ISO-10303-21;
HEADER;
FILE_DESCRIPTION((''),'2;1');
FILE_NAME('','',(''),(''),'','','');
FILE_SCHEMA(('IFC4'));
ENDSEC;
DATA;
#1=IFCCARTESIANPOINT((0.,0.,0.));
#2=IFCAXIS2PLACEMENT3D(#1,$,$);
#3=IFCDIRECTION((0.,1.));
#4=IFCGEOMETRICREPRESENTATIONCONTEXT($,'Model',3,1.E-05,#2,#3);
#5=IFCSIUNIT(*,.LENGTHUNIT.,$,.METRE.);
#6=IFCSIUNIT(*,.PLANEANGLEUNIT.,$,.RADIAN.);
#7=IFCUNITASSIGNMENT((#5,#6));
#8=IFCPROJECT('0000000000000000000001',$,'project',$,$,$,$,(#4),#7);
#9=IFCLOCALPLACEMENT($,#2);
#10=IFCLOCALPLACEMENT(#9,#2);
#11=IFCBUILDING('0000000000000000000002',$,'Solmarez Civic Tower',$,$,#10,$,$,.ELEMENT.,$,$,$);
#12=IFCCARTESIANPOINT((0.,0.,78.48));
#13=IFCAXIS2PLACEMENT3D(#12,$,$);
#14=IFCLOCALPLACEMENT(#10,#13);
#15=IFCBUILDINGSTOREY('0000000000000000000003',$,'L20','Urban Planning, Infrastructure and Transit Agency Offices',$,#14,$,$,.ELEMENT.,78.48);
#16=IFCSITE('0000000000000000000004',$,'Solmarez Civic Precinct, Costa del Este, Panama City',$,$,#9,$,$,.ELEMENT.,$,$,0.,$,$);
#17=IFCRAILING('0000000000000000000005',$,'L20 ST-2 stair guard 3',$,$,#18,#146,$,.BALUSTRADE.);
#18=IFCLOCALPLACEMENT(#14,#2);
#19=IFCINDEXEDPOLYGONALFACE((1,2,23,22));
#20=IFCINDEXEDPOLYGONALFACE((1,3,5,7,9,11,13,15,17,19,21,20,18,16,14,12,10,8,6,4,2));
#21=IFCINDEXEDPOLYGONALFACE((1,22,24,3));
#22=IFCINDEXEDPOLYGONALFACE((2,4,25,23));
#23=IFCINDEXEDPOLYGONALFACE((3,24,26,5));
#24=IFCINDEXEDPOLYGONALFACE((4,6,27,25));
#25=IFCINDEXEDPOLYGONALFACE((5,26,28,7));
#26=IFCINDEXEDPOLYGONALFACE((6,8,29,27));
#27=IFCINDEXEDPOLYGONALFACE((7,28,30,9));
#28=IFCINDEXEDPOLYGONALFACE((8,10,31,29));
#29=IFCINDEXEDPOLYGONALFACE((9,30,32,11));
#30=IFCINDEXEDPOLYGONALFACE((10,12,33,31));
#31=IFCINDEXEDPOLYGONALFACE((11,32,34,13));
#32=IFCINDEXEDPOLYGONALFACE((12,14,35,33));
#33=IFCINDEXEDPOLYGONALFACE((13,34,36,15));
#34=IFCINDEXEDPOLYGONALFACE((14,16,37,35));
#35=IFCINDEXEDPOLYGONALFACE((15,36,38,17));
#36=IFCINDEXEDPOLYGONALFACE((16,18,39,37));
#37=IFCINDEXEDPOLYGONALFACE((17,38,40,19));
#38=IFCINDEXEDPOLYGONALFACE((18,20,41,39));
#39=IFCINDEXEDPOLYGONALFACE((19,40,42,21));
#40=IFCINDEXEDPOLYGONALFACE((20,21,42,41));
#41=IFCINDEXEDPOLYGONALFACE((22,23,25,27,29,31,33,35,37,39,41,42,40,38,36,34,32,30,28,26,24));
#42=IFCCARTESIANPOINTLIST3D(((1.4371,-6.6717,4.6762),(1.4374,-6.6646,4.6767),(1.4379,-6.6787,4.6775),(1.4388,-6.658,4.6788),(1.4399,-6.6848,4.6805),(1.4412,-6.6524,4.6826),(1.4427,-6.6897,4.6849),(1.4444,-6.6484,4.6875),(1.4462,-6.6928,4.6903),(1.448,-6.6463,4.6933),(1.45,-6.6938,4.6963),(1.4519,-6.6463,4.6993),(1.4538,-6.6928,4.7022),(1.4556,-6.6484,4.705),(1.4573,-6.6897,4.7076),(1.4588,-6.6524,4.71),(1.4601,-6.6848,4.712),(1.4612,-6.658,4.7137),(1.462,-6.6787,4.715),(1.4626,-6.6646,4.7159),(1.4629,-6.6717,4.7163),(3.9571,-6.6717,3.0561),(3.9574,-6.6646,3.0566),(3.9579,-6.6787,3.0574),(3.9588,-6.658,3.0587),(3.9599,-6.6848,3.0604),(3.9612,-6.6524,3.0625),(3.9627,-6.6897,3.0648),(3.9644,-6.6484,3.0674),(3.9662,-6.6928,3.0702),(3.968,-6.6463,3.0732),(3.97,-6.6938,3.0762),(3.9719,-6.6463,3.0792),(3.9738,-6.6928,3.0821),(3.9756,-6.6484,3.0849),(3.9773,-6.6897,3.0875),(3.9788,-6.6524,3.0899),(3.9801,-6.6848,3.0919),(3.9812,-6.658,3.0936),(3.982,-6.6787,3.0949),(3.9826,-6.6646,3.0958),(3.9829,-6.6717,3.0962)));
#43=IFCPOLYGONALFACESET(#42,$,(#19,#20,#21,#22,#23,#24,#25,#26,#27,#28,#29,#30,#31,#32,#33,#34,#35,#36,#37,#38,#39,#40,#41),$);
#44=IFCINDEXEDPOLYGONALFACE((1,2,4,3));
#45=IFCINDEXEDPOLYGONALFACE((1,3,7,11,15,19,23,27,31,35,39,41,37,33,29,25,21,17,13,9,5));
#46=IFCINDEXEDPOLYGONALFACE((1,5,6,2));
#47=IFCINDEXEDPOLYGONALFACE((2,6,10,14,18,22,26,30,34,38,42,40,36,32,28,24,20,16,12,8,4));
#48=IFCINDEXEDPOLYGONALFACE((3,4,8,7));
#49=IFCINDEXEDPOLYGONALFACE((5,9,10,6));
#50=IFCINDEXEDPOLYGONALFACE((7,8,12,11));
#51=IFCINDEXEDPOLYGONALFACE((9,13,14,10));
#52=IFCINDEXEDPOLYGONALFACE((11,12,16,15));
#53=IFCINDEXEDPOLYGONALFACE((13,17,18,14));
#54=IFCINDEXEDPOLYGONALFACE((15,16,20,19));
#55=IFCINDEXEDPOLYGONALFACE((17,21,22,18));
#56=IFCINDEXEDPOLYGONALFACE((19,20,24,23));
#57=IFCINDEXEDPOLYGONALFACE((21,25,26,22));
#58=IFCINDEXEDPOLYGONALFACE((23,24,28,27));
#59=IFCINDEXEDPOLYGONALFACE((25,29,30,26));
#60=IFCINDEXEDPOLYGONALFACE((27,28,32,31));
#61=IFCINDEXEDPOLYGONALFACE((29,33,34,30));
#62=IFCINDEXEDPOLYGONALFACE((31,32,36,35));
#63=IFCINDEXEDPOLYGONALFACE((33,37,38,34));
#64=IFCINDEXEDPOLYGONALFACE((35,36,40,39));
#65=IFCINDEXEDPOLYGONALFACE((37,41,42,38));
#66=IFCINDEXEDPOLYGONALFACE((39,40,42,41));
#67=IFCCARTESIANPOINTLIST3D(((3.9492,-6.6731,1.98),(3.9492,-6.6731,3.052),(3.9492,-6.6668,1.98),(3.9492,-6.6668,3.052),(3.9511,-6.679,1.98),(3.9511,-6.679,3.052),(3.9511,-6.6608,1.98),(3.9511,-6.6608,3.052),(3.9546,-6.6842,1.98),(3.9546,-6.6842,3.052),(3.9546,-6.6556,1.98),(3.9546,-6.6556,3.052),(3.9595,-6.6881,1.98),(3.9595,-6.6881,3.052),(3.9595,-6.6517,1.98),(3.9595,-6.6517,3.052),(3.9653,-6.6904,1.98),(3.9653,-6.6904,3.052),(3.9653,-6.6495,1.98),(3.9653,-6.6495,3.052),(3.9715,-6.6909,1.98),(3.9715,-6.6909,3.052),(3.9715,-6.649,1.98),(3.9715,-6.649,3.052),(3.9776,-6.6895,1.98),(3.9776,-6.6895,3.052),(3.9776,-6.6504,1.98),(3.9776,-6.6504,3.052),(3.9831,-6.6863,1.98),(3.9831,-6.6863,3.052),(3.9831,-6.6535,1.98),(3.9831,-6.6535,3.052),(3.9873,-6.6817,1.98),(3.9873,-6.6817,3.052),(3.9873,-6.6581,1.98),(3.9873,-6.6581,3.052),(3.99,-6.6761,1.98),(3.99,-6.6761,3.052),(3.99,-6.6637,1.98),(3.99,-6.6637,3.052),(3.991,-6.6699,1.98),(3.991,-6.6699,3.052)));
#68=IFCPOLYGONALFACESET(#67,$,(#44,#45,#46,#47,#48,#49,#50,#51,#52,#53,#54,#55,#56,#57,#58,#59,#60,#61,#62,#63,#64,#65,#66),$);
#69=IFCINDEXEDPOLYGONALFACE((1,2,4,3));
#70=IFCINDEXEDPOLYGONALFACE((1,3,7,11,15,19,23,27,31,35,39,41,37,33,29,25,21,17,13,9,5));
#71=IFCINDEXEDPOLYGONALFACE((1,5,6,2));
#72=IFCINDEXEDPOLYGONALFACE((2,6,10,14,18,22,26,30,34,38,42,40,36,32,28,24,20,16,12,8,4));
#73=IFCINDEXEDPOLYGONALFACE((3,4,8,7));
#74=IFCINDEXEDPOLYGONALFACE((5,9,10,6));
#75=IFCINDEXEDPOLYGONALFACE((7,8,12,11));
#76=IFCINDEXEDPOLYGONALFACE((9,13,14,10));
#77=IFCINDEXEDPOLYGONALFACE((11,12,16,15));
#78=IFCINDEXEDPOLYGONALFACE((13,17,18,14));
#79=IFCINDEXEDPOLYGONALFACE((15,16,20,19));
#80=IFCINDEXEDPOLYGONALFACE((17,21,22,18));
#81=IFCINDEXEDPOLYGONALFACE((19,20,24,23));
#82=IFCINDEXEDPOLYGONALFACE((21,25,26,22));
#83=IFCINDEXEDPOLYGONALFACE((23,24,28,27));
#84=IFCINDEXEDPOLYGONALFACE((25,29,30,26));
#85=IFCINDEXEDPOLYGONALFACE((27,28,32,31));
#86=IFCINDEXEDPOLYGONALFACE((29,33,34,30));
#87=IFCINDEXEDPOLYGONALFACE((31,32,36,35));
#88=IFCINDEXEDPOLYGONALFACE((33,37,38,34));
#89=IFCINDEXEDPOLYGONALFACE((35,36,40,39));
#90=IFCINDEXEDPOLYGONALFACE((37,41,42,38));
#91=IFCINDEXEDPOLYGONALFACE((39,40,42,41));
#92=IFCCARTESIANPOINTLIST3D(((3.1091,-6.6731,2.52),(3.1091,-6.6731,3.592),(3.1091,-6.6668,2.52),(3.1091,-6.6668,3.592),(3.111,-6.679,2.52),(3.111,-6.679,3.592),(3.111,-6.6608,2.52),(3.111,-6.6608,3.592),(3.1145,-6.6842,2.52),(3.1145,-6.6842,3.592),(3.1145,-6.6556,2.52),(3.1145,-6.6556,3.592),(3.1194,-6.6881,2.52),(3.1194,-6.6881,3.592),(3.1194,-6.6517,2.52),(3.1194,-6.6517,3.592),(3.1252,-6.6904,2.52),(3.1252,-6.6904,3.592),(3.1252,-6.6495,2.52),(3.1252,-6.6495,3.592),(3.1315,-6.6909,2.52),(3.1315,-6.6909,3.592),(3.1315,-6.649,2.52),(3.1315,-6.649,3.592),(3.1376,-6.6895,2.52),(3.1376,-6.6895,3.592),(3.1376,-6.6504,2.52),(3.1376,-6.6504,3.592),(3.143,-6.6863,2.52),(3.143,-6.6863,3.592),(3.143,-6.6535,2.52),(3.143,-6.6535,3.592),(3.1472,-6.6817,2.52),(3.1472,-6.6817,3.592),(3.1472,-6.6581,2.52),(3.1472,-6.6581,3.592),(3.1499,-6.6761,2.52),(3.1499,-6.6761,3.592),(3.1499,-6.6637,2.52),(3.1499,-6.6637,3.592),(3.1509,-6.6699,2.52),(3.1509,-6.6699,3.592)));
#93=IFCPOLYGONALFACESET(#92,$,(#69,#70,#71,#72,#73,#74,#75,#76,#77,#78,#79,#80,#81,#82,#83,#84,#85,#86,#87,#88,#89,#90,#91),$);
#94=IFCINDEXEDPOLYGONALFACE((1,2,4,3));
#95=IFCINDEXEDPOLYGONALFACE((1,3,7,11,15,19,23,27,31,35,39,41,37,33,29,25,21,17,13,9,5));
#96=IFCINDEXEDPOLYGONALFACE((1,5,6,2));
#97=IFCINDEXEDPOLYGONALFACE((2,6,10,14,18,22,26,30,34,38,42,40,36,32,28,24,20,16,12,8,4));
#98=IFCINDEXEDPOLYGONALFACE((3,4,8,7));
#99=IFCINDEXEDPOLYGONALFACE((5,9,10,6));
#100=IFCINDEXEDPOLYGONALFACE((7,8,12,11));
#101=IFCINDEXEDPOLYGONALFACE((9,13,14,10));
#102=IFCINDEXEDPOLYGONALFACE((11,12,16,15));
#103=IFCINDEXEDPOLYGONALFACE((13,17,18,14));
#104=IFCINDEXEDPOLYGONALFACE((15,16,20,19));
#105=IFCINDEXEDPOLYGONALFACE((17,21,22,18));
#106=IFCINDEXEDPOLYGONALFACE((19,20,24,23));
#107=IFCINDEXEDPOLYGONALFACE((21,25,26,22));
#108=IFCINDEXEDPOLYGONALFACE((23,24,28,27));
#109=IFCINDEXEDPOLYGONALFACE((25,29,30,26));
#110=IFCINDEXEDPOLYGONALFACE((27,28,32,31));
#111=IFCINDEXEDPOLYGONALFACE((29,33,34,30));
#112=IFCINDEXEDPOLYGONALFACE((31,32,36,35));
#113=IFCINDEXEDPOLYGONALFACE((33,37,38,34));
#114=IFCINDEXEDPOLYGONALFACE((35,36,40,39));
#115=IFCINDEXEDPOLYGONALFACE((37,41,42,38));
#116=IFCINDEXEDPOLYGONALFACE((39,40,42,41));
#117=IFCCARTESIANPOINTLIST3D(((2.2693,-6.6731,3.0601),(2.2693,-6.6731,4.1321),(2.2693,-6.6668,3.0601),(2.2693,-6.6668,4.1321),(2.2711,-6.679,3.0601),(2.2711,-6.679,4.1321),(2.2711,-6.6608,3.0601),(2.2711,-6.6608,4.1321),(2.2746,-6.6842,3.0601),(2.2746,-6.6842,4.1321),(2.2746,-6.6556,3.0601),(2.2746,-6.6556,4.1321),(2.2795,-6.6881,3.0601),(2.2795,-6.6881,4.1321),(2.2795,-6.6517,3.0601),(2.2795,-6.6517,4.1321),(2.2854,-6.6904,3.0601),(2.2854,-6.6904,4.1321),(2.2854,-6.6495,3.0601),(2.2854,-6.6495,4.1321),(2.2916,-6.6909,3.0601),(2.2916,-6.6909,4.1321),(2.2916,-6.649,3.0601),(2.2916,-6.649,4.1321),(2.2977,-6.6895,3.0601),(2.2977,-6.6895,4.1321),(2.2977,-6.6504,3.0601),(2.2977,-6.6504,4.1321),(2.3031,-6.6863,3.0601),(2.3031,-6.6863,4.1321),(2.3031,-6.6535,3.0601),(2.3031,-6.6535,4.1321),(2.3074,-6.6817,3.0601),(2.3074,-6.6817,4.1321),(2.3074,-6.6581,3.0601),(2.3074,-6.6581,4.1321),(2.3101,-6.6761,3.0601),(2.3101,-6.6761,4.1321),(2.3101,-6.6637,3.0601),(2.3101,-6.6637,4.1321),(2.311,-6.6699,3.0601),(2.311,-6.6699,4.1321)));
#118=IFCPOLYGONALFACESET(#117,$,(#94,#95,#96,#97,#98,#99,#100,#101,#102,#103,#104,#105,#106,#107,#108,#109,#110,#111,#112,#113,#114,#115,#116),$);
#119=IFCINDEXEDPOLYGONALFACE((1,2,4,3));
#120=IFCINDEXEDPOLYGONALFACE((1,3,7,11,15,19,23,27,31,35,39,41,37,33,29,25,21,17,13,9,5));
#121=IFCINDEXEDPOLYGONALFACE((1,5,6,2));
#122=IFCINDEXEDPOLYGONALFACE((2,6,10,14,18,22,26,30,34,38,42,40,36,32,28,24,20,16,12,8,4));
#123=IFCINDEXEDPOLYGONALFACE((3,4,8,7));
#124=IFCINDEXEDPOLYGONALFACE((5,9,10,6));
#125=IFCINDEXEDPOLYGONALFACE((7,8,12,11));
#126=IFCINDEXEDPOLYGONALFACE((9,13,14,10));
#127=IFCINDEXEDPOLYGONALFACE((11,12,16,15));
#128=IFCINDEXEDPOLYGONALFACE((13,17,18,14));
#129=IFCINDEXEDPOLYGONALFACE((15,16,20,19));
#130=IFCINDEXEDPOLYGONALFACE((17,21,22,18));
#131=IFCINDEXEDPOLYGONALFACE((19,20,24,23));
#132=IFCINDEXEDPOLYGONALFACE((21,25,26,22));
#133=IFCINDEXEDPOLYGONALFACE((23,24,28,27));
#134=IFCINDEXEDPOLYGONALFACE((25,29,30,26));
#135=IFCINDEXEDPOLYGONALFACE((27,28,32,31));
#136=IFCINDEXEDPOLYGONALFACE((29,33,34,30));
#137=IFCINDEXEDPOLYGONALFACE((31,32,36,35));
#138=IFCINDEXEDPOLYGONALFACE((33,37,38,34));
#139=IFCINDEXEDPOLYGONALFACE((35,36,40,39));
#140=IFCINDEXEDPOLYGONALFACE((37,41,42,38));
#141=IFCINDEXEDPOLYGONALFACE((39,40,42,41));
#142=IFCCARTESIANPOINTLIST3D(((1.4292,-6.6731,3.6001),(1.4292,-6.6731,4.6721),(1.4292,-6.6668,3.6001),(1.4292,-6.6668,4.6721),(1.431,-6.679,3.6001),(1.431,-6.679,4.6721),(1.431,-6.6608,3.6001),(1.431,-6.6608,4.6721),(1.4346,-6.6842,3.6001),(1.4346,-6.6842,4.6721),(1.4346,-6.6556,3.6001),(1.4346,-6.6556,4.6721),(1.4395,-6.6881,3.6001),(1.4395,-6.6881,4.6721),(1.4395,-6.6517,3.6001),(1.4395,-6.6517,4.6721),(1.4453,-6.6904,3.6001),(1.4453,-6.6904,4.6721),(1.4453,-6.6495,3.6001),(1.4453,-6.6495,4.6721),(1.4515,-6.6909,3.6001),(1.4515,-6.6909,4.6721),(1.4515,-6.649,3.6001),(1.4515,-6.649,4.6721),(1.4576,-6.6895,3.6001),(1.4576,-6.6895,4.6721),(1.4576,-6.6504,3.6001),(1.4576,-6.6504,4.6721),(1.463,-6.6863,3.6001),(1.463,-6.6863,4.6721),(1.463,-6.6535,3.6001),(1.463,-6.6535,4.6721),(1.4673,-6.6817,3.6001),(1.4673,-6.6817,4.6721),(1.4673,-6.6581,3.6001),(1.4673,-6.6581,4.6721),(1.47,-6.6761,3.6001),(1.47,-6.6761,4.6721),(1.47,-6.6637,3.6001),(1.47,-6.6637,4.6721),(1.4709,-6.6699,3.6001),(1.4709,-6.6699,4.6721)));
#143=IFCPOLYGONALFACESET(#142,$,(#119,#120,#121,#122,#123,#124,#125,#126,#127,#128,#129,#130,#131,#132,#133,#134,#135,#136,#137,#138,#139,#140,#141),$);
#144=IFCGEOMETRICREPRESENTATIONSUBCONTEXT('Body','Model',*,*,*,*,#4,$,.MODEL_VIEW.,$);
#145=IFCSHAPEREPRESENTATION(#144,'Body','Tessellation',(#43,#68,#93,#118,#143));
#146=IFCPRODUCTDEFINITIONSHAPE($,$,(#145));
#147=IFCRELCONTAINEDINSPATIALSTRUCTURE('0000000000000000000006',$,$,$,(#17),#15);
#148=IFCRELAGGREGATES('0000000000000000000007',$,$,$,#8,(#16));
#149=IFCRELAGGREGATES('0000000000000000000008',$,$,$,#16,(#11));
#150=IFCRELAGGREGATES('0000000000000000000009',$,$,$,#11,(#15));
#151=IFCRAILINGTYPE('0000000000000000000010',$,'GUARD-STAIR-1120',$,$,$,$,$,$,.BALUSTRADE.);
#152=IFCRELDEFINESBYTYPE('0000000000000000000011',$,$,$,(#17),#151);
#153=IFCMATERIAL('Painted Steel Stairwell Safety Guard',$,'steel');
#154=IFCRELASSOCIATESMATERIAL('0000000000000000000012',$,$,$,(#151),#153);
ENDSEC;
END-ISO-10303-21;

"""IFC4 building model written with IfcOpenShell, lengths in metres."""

from ifc_helpers import new_model, si_unit, direction, frame, origin, origin_2d, place, context, subcontext, project, spatial, circle, extrude, material, type_object, element, save


model = new_model("IFC4")

# Units and contexts
model_context = context("Model", 3, precision=1e-05, world=origin(), true_north=direction((0.0, 1.0)))
body_context = subcontext(model_context, "Body", "Model", "MODEL_VIEW")
ifc_project = project(units=[si_unit("LENGTHUNIT", "METRE"), si_unit("PLANEANGLEUNIT", "RADIAN")], contexts=[model_context])

# Site, building, storey
site_placement = place(None, origin())
site = spatial("IfcSite", under=ifc_project, at=site_placement, Name="Solmarez Civic Precinct, Costa del Este, Panama City", CompositionType="ELEMENT", RefElevation=0.0)
building_placement = place(site_placement, origin())
building = spatial("IfcBuilding", under=site, at=building_placement, Name="Solmarez Civic Tower", CompositionType="ELEMENT")
storey_placement = place(building_placement, frame((0.0, 0.0, 78.48)))
storey = spatial("IfcBuildingStorey", under=building, at=storey_placement, Name="L20", Description="Urban Planning, Infrastructure and Transit Agency Offices", CompositionType="ELEMENT", Elevation=78.48)

# Railing
ifc_material_1 = material(Name="Painted Steel Stairwell Safety Guard", Category="steel")
railing_type_1 = type_object("IfcRailingType", Name="GUARD-STAIR-1120", PredefinedType="BALUSTRADE", material=ifc_material_1)
railing_1_placement = place(storey_placement, frame((3.97, -6.6699, 1.98)))
element("IfcRailing", 1, at=railing_1_placement, inside=storey, type_object=railing_type_1, Name="L20 ST-2 stair guard 3", PredefinedType="BALUSTRADE", context=body_context, shape_type="SweptSolid", body=[
    extrude(circle(Radius=0.0239, at=origin_2d()), frame((0.0, 0.0, 1.0962), z_axis=(-0.841163, 0.0, 0.540782), x_axis=(0.0, -1.0, 0.0)), (0.0, 0.0, 1.0), 2.9958),
    extrude(circle(Radius=0.021, at=origin_2d()), origin(), (0.0, 0.0, 1.0), 1.072),
    extrude(circle(Radius=0.021, at=origin_2d()), frame((-0.8401, 0.0, 0.54)), (0.0, 0.0, 1.0), 1.072),
    extrude(circle(Radius=0.021, at=origin_2d()), frame((-1.6799, 0.0, 1.0801)), (0.0, 0.0, 1.0), 1.072),
    extrude(circle(Radius=0.021, at=origin_2d()), frame((-2.52, 0.0, 1.6201)), (0.0, 0.0, 1.0), 1.072),
])

save(model, "model.ifc")
